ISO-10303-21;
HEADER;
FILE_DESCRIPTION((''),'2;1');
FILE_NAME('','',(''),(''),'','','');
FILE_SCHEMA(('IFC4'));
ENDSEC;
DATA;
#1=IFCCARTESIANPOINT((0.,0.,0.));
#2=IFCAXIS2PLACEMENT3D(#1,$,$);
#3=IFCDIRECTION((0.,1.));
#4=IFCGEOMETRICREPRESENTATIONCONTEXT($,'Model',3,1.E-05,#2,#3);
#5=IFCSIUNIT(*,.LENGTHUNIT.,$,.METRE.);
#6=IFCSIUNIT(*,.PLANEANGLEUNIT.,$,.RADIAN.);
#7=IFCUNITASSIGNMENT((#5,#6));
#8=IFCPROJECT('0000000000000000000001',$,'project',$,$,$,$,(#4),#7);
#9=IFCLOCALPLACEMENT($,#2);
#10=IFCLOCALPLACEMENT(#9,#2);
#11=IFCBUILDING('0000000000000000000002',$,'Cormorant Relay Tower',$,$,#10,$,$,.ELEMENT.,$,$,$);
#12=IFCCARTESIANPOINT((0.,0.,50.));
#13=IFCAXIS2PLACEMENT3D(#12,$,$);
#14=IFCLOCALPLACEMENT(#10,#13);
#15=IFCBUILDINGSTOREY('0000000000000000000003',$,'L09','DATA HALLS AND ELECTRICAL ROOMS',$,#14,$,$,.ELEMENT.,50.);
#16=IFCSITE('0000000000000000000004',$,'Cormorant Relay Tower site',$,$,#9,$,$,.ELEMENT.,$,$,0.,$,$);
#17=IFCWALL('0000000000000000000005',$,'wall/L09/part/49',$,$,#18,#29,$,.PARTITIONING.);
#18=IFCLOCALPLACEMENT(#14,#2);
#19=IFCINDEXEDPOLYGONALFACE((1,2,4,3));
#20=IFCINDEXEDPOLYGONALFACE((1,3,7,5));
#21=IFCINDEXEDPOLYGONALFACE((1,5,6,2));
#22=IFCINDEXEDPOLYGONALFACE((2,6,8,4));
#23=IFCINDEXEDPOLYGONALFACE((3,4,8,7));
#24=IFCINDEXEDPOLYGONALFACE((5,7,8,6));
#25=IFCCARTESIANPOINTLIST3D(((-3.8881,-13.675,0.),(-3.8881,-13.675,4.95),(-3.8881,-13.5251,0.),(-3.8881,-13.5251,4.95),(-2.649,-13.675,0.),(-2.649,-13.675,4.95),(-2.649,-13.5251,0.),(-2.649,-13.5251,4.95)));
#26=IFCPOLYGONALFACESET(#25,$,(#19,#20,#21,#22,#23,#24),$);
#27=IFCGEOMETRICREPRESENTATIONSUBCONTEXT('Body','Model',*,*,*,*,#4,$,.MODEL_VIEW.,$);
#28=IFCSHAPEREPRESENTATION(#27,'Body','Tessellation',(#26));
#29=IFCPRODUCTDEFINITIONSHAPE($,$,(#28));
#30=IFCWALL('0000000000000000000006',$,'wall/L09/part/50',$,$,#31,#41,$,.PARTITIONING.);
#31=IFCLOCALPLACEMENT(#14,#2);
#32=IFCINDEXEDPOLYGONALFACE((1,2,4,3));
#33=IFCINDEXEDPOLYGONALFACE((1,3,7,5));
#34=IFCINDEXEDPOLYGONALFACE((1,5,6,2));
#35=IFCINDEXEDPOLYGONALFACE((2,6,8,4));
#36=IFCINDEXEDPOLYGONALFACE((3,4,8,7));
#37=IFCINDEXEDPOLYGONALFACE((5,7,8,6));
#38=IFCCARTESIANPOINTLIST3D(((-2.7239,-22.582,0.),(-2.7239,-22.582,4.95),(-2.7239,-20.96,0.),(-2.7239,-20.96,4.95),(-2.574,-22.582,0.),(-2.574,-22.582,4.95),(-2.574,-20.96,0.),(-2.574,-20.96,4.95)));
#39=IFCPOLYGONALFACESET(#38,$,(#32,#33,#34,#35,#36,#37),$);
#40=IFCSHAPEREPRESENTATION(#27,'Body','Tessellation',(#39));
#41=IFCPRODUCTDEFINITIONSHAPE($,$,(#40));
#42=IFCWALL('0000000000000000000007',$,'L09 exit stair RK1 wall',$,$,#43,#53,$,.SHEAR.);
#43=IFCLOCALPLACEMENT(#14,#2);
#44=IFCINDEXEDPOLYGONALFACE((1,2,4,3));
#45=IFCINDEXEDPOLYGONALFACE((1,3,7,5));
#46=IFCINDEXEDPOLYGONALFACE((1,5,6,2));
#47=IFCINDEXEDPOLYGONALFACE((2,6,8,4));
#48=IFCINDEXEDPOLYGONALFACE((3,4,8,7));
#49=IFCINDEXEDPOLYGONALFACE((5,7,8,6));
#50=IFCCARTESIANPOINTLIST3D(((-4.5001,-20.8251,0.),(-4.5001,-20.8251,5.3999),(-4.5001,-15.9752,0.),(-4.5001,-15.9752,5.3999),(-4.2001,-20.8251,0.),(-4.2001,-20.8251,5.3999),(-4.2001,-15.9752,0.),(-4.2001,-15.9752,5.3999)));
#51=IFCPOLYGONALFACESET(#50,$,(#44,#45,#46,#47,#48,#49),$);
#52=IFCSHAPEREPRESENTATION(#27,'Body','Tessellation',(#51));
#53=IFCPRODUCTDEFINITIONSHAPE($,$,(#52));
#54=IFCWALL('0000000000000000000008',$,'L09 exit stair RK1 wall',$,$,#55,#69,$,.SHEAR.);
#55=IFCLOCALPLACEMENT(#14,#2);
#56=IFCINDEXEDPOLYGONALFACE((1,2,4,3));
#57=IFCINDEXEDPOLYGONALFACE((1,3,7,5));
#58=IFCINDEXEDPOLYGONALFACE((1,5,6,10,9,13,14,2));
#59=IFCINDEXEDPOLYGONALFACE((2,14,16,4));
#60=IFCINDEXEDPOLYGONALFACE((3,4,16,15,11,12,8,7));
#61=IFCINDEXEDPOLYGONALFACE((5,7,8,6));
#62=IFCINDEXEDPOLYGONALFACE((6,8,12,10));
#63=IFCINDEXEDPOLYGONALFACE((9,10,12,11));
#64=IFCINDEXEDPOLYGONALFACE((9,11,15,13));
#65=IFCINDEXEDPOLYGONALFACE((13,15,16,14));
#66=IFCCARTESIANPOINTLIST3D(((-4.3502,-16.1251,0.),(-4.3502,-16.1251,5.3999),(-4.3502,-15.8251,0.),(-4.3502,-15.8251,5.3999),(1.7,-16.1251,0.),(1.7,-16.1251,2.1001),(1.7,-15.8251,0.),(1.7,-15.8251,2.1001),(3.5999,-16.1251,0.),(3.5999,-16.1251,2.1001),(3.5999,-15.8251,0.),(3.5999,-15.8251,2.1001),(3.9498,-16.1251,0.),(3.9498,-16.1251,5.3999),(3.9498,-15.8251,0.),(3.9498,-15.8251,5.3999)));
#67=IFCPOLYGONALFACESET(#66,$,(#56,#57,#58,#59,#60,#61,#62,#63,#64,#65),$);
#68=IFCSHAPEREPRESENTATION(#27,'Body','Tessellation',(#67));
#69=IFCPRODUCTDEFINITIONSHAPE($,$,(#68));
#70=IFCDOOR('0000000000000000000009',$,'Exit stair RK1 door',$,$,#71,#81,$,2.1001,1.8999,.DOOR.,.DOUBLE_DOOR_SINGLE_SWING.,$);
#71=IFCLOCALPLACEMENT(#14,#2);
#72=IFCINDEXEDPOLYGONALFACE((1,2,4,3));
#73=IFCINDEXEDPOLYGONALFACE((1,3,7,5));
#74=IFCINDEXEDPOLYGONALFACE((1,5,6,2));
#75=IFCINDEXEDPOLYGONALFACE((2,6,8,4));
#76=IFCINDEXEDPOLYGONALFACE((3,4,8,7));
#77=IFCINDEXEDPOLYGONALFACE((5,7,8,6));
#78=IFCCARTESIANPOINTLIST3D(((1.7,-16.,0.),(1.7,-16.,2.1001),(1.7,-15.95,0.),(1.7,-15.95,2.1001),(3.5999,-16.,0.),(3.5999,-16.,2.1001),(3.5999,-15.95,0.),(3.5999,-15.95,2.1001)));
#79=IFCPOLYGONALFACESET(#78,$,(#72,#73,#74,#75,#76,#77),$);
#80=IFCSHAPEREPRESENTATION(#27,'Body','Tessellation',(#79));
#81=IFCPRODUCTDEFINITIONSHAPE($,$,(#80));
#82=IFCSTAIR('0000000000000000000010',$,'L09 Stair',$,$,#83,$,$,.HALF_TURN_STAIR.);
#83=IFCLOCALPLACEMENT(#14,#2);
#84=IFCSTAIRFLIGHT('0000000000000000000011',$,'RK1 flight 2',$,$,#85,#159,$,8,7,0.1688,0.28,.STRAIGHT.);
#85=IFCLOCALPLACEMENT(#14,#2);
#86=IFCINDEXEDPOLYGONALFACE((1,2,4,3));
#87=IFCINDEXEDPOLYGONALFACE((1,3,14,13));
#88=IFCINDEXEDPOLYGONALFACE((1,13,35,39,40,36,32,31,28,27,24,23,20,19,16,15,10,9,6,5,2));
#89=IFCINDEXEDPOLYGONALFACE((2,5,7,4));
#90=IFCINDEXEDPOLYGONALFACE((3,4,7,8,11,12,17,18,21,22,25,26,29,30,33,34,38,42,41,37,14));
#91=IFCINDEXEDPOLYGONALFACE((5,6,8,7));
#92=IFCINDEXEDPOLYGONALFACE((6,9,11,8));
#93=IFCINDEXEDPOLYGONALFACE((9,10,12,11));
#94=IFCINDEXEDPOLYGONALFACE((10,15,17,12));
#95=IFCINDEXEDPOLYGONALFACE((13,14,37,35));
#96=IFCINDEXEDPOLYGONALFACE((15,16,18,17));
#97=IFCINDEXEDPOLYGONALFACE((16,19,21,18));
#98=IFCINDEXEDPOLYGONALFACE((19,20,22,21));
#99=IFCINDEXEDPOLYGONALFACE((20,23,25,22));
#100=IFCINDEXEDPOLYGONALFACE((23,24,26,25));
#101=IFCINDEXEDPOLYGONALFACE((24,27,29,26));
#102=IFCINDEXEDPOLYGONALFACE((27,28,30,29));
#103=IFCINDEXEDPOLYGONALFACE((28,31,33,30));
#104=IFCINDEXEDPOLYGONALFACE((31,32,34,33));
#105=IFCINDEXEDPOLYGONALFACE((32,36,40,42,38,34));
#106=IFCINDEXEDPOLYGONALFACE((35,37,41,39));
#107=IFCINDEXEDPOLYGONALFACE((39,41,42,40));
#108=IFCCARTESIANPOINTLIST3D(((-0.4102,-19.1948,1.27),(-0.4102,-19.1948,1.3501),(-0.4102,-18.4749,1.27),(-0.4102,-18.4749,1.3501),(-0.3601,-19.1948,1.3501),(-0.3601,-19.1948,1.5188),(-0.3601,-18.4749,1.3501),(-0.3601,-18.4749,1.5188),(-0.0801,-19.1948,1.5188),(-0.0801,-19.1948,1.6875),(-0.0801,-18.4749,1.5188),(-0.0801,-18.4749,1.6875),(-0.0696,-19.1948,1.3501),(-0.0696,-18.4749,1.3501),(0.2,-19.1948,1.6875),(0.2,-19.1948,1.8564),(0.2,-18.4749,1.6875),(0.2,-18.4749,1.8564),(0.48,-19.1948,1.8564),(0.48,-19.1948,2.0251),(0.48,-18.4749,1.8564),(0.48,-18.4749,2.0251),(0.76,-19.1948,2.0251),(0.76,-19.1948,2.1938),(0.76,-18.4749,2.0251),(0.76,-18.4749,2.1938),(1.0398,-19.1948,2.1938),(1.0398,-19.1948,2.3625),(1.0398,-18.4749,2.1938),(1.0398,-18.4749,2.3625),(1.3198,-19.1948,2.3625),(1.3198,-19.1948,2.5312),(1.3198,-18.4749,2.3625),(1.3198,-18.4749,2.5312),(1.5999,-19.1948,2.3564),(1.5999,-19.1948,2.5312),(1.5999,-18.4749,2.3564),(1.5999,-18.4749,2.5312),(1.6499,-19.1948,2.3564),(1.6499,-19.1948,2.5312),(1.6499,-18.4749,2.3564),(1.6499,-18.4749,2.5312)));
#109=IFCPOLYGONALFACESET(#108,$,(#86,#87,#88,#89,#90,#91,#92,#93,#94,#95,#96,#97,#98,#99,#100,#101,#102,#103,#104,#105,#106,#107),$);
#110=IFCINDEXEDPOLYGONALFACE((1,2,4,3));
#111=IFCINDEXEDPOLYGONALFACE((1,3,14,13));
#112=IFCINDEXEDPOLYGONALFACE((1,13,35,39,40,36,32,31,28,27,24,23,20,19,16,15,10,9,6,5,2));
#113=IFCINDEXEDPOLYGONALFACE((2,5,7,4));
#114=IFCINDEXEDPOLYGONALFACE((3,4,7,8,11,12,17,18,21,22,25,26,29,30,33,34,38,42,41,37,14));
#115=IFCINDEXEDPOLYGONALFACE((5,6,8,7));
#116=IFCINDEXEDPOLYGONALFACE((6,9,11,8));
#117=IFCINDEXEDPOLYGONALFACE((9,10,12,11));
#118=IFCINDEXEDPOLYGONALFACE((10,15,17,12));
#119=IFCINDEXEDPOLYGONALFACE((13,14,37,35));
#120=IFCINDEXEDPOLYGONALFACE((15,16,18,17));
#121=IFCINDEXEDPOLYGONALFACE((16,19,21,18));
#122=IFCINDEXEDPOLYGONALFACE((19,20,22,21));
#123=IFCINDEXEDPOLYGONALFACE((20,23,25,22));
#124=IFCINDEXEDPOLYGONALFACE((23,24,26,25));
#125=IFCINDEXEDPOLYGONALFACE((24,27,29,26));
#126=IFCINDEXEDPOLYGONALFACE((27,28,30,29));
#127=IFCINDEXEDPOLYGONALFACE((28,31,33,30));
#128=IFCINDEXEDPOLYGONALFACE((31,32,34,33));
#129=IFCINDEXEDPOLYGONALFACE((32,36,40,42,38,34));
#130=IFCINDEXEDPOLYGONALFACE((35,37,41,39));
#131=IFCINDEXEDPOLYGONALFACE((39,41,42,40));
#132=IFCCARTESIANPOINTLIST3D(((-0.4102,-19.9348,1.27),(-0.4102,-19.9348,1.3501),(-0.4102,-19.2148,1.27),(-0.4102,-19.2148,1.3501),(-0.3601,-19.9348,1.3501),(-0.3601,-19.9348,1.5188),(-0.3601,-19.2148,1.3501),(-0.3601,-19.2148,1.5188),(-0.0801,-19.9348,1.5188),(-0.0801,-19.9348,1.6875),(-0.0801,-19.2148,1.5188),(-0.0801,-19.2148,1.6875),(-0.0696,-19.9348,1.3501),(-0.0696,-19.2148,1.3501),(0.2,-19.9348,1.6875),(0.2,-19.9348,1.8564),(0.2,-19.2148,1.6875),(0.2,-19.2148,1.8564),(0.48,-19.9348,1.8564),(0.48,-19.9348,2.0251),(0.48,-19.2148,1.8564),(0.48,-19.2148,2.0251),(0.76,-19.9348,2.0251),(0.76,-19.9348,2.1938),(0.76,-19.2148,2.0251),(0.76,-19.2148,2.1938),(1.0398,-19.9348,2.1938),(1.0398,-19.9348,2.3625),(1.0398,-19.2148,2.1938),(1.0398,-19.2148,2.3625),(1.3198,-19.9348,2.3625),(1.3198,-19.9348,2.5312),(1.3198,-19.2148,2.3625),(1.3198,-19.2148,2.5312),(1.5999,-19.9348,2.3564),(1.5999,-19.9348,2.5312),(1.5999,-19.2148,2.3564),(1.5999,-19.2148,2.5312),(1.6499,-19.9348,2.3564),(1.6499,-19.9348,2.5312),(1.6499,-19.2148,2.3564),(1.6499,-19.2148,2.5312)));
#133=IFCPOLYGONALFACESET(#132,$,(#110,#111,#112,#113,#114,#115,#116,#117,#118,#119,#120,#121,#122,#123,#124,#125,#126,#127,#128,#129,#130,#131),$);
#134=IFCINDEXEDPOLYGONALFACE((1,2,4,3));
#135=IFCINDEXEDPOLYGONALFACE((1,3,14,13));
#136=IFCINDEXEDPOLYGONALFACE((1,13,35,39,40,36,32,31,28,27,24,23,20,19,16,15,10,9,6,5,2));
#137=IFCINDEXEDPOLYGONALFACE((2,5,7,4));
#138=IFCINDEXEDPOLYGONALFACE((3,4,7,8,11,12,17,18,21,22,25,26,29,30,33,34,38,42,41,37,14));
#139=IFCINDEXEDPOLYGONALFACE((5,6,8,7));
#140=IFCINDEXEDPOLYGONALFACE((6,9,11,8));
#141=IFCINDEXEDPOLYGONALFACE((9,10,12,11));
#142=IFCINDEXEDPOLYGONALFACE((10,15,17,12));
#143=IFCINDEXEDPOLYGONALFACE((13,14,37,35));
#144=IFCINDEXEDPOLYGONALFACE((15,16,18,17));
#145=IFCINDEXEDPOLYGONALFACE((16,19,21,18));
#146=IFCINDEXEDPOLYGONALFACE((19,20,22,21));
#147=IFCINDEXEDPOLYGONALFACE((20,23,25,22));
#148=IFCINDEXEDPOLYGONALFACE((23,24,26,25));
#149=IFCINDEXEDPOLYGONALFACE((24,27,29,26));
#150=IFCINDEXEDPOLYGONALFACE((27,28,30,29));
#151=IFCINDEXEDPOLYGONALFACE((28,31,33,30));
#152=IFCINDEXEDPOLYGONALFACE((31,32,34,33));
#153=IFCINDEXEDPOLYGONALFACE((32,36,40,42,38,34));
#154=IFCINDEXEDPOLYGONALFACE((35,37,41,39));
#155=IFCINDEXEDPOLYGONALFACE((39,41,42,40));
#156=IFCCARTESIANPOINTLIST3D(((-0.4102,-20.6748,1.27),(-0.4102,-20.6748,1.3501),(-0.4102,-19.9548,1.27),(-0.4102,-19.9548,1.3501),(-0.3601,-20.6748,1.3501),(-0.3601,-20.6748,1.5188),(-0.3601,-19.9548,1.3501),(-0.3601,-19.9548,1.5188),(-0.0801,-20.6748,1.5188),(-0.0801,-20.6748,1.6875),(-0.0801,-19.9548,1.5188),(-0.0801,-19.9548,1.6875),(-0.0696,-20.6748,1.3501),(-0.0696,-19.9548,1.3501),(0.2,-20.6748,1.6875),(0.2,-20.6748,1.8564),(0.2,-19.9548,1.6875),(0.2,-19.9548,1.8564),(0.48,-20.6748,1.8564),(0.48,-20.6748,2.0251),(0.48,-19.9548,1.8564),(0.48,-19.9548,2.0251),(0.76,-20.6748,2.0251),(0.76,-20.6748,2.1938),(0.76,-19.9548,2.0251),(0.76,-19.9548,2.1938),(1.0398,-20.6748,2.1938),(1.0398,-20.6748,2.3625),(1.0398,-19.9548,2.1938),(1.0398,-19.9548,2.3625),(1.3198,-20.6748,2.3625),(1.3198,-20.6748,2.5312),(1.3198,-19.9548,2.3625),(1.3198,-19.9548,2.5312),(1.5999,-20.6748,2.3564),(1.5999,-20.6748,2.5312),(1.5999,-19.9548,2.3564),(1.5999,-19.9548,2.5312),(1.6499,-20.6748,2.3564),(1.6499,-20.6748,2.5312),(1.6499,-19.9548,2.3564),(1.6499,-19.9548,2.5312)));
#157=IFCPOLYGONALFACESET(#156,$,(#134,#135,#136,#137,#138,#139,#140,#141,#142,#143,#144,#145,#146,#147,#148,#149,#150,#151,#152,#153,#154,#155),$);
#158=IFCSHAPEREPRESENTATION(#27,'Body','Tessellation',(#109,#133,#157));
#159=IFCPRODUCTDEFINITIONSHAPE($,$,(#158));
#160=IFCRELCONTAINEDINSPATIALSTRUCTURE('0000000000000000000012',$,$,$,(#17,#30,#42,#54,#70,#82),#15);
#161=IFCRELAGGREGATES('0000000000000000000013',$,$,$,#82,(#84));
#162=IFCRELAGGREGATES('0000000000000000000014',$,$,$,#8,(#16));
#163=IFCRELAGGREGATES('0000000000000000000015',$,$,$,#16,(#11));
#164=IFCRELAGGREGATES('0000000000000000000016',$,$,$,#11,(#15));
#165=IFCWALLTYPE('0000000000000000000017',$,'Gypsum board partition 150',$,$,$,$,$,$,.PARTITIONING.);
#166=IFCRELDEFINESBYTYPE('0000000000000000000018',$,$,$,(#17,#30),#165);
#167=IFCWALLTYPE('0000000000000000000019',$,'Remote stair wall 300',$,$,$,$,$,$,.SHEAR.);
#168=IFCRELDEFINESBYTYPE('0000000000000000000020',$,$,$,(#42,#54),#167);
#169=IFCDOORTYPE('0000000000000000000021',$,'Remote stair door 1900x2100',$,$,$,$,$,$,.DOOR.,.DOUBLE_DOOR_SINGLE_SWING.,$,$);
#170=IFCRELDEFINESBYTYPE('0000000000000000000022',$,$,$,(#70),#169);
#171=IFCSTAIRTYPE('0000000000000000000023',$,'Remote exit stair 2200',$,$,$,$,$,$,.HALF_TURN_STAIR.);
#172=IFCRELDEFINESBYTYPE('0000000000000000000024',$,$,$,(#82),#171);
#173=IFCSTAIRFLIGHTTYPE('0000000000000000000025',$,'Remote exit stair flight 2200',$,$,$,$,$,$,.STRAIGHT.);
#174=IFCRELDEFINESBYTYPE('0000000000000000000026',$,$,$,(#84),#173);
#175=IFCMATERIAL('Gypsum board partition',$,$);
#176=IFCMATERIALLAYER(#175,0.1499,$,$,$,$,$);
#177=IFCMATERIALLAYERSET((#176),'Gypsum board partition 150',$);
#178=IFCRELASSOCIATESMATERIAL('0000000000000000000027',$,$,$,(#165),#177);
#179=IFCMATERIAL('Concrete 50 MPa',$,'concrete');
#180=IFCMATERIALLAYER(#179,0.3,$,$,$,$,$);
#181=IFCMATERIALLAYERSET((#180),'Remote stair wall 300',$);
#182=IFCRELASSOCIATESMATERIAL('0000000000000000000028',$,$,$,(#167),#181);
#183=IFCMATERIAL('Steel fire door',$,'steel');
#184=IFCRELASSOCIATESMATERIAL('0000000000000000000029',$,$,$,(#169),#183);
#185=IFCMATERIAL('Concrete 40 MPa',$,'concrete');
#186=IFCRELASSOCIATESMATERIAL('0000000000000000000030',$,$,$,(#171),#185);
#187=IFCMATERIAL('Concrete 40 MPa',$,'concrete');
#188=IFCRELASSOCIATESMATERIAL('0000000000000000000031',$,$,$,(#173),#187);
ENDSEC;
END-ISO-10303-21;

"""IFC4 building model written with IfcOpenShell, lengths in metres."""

from ifc_helpers import new_model, si_unit, direction, frame, frame_2d, origin, place, context, subcontext, project, spatial, polyline, rectangle, outline, extrude, material, layer, layer_set, type_object, element, fill, aggregate, save


model = new_model("IFC4")

# Units and contexts
model_context = context("Model", 3, precision=1e-05, world=origin(), true_north=direction((0.0, 1.0)))
body_context = subcontext(model_context, "Body", "Model", "MODEL_VIEW")
ifc_project = project(units=[si_unit("LENGTHUNIT", "METRE"), si_unit("PLANEANGLEUNIT", "RADIAN")], contexts=[model_context])

# Site, building, storey
site_placement = place(None, origin())
site = spatial("IfcSite", under=ifc_project, at=site_placement, Name="Cormorant Relay Tower site", CompositionType="ELEMENT", RefElevation=0.0)
building_placement = place(site_placement, origin())
building = spatial("IfcBuilding", under=site, at=building_placement, Name="Cormorant Relay Tower", CompositionType="ELEMENT")
storey_placement = place(building_placement, frame((0.0, 0.0, 50.0)))
storey = spatial("IfcBuildingStorey", under=building, at=storey_placement, Name="L09", Description="DATA HALLS AND ELECTRICAL ROOMS", CompositionType="ELEMENT", Elevation=50.0)

# Shared definitions
ifc_material_1 = material(Name="Gypsum board partition")
ifc_layer_1 = layer(ifc_material_1, 0.1499)
ifc_layer_set_1 = layer_set([ifc_layer_1], Name="Gypsum board partition 150")
wall_type_1 = type_object("IfcWallType", Name="Gypsum board partition 150", PredefinedType="PARTITIONING", material=ifc_layer_set_1)

# Walls
wall_1_placement = place(storey_placement, frame((-2.6489, -13.6001, 0.0), z_axis=(0.0, 0.0, 1.0), x_axis=(-1.0, 0.0, 0.0)))
element("IfcWall", 1, at=wall_1_placement, inside=storey, type_object=wall_type_1, Name="wall/L09/part/49", PredefinedType="PARTITIONING", context=body_context, shape_type="SweptSolid", body=[
    extrude(rectangle(XDim=1.239, YDim=0.1499, at=frame_2d((0.6196, 0.0))), origin(), (0.0, 0.0, 1.0), 4.95),
])
wall_2_placement = place(storey_placement, frame((-2.6489, -20.96, 0.0), z_axis=(0.0, 0.0, 1.0), x_axis=(0.0, -1.0, 0.0)))
element("IfcWall", 2, at=wall_2_placement, inside=storey, type_object=wall_type_1, Name="wall/L09/part/50", PredefinedType="PARTITIONING", context=body_context, shape_type="SweptSolid", body=[
    extrude(rectangle(XDim=1.6221, YDim=0.1499, at=frame_2d((0.811, 0.0))), origin(), (0.0, 0.0, 1.0), 4.95),
])
ifc_material_2 = material(Name="Concrete 50 MPa", Category="concrete")
ifc_layer_2 = layer(ifc_material_2, 0.3)
ifc_layer_set_2 = layer_set([ifc_layer_2], Name="Remote stair wall 300")
wall_type_2 = type_object("IfcWallType", Name="Remote stair wall 300", PredefinedType="SHEAR", material=ifc_layer_set_2)
wall_3_placement = place(storey_placement, frame((-4.3501, -20.825, 0.0), z_axis=(0.0, 0.0, 1.0), x_axis=(0.0, 1.0, 0.0)))
element("IfcWall", 3, at=wall_3_placement, inside=storey, type_object=wall_type_2, Name="L09 exit stair RK1 wall", PredefinedType="SHEAR", context=body_context, shape_type="SweptSolid", body=[
    extrude(rectangle(XDim=4.8499, YDim=0.3, at=frame_2d((2.4248, 0.0))), origin(), (0.0, 0.0, 1.0), 5.3999),
])

# Wall, opening, door
wall_4_placement = place(storey_placement, frame((-4.3501, -15.9751, 0.0), z_axis=(0.0, 0.0, 1.0), x_axis=(1.0, 0.0, 0.0)))
wall_4 = element("IfcWall", 4, at=wall_4_placement, inside=storey, type_object=wall_type_2, Name="L09 exit stair RK1 wall", PredefinedType="SHEAR", context=body_context, shape_type="SweptSolid", body=[
    extrude(rectangle(XDim=8.3, YDim=0.3, at=frame_2d((4.1499, 0.0))), origin(), (0.0, 0.0, 1.0), 5.3999),
])
opening_1_placement = place(wall_4_placement, frame((6.05, 0.0, 0.0)))
opening_1 = element("IfcOpeningElement", 5, at=opening_1_placement, cuts=wall_4, PredefinedType="OPENING", context=body_context, shape_type="SweptSolid", body=[
    extrude(rectangle(XDim=1.8999, YDim=2.1001, at=frame_2d((0.95, 1.05))), frame((0.0, 0.1599, 0.0), z_axis=(0.0, -1.0, 0.0), x_axis=(1.0, 0.0, 0.0)), (0.0, 0.0, 1.0), 0.3201),
])
ifc_material_3 = material(Name="Steel fire door", Category="steel")
door_type_1 = type_object("IfcDoorType", Name="Remote stair door 1900x2100", OperationType="DOUBLE_DOOR_SINGLE_SWING", PredefinedType="DOOR", material=ifc_material_3)
door_1_placement = place(opening_1_placement, frame((1.8999, 0.0, 0.0), z_axis=(0.0, 0.0, 1.0), x_axis=(-1.0, 0.0, 0.0)))
door_1 = element("IfcDoor", 6, at=door_1_placement, inside=storey, type_object=door_type_1, Name="Exit stair RK1 door", OperationType="DOUBLE_DOOR_SINGLE_SWING", OverallHeight=2.1001, OverallWidth=1.8999, PredefinedType="DOOR", context=body_context, shape_type="SweptSolid", body=[
    extrude(rectangle(XDim=1.8999, YDim=2.1001, at=frame_2d((0.95, 1.05))), frame((0.0, 0.0249, 0.0), z_axis=(0.0, -1.0, 0.0), x_axis=(1.0, 0.0, 0.0)), (0.0, 0.0, 1.0), 0.05),
])
fill(opening_1, door_1)

# Stair, stair flight
ifc_material_4 = material(Name="Concrete 40 MPa", Category="concrete")
stair_type = type_object("IfcStairType", Name="Remote exit stair 2200", PredefinedType="HALF_TURN_STAIR", material=ifc_material_4)
stair_placement = place(storey_placement, origin())
stair = element("IfcStair", 7, at=stair_placement, inside=storey, type_object=stair_type, Name="L09 Stair", PredefinedType="HALF_TURN_STAIR")
ifc_material_5 = material(Name="Concrete 40 MPa", Category="concrete")
stair_flight_type = type_object("IfcStairFlightType", Name="Remote exit stair flight 2200", PredefinedType="STRAIGHT", material=ifc_material_5)
stair_flight_1_placement = place(storey_placement, frame((-0.3601, -19.575, 1.3501), z_axis=(0.0, 0.0, 1.0), x_axis=(1.0, 0.0, 0.0)))
stair_flight_1 = element("IfcStairFlight", 8, at=stair_flight_1_placement, type_object=stair_flight_type, Name="RK1 flight 2", NumberOfRisers=8, NumberOfTreads=7, PredefinedType="STRAIGHT", RiserHeight=0.1688, TreadLength=0.28, context=body_context, shape_type="SweptSolid", body=[
    extrude(outline(polyline([(-0.05, -0.0801), (-0.05, 0.0), (0.0, 0.0), (0.0, 0.1687), (0.28, 0.1687), (0.28, 0.3374), (0.5601, 0.3374), (0.5601, 0.5063), (0.8401, 0.5063), (0.8401, 0.675), (1.1201, 0.675), (1.1201, 0.8438), (1.3999, 0.8438), (1.3999, 1.0125), (1.6799, 1.0125), (1.6799, 1.1812), (1.96, 1.1812), (2.01, 1.1812), (2.01, 1.0063), (1.96, 1.0063), (0.2905, 0.0), (-0.05, -0.0801)])), frame((0.0, 1.1001, 0.0), z_axis=(0.0, -1.0, 0.0), x_axis=(1.0, 0.0, 0.0)), (0.0, 0.0, 1.0), 0.72),
    extrude(outline(polyline([(-0.05, -0.0801), (-0.05, 0.0), (0.0, 0.0), (0.0, 0.1687), (0.28, 0.1687), (0.28, 0.3374), (0.5601, 0.3374), (0.5601, 0.5063), (0.8401, 0.5063), (0.8401, 0.675), (1.1201, 0.675), (1.1201, 0.8438), (1.3999, 0.8438), (1.3999, 1.0125), (1.6799, 1.0125), (1.6799, 1.1812), (1.96, 1.1812), (2.01, 1.1812), (2.01, 1.0063), (1.96, 1.0063), (0.2905, 0.0), (-0.05, -0.0801)])), frame((0.0, 0.3601, 0.0), z_axis=(0.0, -1.0, 0.0), x_axis=(1.0, 0.0, 0.0)), (0.0, 0.0, 1.0), 0.72),
    extrude(outline(polyline([(-0.05, -0.0801), (-0.05, 0.0), (0.0, 0.0), (0.0, 0.1687), (0.28, 0.1687), (0.28, 0.3374), (0.5601, 0.3374), (0.5601, 0.5063), (0.8401, 0.5063), (0.8401, 0.675), (1.1201, 0.675), (1.1201, 0.8438), (1.3999, 0.8438), (1.3999, 1.0125), (1.6799, 1.0125), (1.6799, 1.1812), (1.96, 1.1812), (2.01, 1.1812), (2.01, 1.0063), (1.96, 1.0063), (0.2905, 0.0), (-0.05, -0.0801)])), frame((0.0, -0.3799, 0.0), z_axis=(0.0, -1.0, 0.0), x_axis=(1.0, 0.0, 0.0)), (0.0, 0.0, 1.0), 0.72),
])
aggregate(stair, [stair_flight_1])

save(model, "model.ifc")
